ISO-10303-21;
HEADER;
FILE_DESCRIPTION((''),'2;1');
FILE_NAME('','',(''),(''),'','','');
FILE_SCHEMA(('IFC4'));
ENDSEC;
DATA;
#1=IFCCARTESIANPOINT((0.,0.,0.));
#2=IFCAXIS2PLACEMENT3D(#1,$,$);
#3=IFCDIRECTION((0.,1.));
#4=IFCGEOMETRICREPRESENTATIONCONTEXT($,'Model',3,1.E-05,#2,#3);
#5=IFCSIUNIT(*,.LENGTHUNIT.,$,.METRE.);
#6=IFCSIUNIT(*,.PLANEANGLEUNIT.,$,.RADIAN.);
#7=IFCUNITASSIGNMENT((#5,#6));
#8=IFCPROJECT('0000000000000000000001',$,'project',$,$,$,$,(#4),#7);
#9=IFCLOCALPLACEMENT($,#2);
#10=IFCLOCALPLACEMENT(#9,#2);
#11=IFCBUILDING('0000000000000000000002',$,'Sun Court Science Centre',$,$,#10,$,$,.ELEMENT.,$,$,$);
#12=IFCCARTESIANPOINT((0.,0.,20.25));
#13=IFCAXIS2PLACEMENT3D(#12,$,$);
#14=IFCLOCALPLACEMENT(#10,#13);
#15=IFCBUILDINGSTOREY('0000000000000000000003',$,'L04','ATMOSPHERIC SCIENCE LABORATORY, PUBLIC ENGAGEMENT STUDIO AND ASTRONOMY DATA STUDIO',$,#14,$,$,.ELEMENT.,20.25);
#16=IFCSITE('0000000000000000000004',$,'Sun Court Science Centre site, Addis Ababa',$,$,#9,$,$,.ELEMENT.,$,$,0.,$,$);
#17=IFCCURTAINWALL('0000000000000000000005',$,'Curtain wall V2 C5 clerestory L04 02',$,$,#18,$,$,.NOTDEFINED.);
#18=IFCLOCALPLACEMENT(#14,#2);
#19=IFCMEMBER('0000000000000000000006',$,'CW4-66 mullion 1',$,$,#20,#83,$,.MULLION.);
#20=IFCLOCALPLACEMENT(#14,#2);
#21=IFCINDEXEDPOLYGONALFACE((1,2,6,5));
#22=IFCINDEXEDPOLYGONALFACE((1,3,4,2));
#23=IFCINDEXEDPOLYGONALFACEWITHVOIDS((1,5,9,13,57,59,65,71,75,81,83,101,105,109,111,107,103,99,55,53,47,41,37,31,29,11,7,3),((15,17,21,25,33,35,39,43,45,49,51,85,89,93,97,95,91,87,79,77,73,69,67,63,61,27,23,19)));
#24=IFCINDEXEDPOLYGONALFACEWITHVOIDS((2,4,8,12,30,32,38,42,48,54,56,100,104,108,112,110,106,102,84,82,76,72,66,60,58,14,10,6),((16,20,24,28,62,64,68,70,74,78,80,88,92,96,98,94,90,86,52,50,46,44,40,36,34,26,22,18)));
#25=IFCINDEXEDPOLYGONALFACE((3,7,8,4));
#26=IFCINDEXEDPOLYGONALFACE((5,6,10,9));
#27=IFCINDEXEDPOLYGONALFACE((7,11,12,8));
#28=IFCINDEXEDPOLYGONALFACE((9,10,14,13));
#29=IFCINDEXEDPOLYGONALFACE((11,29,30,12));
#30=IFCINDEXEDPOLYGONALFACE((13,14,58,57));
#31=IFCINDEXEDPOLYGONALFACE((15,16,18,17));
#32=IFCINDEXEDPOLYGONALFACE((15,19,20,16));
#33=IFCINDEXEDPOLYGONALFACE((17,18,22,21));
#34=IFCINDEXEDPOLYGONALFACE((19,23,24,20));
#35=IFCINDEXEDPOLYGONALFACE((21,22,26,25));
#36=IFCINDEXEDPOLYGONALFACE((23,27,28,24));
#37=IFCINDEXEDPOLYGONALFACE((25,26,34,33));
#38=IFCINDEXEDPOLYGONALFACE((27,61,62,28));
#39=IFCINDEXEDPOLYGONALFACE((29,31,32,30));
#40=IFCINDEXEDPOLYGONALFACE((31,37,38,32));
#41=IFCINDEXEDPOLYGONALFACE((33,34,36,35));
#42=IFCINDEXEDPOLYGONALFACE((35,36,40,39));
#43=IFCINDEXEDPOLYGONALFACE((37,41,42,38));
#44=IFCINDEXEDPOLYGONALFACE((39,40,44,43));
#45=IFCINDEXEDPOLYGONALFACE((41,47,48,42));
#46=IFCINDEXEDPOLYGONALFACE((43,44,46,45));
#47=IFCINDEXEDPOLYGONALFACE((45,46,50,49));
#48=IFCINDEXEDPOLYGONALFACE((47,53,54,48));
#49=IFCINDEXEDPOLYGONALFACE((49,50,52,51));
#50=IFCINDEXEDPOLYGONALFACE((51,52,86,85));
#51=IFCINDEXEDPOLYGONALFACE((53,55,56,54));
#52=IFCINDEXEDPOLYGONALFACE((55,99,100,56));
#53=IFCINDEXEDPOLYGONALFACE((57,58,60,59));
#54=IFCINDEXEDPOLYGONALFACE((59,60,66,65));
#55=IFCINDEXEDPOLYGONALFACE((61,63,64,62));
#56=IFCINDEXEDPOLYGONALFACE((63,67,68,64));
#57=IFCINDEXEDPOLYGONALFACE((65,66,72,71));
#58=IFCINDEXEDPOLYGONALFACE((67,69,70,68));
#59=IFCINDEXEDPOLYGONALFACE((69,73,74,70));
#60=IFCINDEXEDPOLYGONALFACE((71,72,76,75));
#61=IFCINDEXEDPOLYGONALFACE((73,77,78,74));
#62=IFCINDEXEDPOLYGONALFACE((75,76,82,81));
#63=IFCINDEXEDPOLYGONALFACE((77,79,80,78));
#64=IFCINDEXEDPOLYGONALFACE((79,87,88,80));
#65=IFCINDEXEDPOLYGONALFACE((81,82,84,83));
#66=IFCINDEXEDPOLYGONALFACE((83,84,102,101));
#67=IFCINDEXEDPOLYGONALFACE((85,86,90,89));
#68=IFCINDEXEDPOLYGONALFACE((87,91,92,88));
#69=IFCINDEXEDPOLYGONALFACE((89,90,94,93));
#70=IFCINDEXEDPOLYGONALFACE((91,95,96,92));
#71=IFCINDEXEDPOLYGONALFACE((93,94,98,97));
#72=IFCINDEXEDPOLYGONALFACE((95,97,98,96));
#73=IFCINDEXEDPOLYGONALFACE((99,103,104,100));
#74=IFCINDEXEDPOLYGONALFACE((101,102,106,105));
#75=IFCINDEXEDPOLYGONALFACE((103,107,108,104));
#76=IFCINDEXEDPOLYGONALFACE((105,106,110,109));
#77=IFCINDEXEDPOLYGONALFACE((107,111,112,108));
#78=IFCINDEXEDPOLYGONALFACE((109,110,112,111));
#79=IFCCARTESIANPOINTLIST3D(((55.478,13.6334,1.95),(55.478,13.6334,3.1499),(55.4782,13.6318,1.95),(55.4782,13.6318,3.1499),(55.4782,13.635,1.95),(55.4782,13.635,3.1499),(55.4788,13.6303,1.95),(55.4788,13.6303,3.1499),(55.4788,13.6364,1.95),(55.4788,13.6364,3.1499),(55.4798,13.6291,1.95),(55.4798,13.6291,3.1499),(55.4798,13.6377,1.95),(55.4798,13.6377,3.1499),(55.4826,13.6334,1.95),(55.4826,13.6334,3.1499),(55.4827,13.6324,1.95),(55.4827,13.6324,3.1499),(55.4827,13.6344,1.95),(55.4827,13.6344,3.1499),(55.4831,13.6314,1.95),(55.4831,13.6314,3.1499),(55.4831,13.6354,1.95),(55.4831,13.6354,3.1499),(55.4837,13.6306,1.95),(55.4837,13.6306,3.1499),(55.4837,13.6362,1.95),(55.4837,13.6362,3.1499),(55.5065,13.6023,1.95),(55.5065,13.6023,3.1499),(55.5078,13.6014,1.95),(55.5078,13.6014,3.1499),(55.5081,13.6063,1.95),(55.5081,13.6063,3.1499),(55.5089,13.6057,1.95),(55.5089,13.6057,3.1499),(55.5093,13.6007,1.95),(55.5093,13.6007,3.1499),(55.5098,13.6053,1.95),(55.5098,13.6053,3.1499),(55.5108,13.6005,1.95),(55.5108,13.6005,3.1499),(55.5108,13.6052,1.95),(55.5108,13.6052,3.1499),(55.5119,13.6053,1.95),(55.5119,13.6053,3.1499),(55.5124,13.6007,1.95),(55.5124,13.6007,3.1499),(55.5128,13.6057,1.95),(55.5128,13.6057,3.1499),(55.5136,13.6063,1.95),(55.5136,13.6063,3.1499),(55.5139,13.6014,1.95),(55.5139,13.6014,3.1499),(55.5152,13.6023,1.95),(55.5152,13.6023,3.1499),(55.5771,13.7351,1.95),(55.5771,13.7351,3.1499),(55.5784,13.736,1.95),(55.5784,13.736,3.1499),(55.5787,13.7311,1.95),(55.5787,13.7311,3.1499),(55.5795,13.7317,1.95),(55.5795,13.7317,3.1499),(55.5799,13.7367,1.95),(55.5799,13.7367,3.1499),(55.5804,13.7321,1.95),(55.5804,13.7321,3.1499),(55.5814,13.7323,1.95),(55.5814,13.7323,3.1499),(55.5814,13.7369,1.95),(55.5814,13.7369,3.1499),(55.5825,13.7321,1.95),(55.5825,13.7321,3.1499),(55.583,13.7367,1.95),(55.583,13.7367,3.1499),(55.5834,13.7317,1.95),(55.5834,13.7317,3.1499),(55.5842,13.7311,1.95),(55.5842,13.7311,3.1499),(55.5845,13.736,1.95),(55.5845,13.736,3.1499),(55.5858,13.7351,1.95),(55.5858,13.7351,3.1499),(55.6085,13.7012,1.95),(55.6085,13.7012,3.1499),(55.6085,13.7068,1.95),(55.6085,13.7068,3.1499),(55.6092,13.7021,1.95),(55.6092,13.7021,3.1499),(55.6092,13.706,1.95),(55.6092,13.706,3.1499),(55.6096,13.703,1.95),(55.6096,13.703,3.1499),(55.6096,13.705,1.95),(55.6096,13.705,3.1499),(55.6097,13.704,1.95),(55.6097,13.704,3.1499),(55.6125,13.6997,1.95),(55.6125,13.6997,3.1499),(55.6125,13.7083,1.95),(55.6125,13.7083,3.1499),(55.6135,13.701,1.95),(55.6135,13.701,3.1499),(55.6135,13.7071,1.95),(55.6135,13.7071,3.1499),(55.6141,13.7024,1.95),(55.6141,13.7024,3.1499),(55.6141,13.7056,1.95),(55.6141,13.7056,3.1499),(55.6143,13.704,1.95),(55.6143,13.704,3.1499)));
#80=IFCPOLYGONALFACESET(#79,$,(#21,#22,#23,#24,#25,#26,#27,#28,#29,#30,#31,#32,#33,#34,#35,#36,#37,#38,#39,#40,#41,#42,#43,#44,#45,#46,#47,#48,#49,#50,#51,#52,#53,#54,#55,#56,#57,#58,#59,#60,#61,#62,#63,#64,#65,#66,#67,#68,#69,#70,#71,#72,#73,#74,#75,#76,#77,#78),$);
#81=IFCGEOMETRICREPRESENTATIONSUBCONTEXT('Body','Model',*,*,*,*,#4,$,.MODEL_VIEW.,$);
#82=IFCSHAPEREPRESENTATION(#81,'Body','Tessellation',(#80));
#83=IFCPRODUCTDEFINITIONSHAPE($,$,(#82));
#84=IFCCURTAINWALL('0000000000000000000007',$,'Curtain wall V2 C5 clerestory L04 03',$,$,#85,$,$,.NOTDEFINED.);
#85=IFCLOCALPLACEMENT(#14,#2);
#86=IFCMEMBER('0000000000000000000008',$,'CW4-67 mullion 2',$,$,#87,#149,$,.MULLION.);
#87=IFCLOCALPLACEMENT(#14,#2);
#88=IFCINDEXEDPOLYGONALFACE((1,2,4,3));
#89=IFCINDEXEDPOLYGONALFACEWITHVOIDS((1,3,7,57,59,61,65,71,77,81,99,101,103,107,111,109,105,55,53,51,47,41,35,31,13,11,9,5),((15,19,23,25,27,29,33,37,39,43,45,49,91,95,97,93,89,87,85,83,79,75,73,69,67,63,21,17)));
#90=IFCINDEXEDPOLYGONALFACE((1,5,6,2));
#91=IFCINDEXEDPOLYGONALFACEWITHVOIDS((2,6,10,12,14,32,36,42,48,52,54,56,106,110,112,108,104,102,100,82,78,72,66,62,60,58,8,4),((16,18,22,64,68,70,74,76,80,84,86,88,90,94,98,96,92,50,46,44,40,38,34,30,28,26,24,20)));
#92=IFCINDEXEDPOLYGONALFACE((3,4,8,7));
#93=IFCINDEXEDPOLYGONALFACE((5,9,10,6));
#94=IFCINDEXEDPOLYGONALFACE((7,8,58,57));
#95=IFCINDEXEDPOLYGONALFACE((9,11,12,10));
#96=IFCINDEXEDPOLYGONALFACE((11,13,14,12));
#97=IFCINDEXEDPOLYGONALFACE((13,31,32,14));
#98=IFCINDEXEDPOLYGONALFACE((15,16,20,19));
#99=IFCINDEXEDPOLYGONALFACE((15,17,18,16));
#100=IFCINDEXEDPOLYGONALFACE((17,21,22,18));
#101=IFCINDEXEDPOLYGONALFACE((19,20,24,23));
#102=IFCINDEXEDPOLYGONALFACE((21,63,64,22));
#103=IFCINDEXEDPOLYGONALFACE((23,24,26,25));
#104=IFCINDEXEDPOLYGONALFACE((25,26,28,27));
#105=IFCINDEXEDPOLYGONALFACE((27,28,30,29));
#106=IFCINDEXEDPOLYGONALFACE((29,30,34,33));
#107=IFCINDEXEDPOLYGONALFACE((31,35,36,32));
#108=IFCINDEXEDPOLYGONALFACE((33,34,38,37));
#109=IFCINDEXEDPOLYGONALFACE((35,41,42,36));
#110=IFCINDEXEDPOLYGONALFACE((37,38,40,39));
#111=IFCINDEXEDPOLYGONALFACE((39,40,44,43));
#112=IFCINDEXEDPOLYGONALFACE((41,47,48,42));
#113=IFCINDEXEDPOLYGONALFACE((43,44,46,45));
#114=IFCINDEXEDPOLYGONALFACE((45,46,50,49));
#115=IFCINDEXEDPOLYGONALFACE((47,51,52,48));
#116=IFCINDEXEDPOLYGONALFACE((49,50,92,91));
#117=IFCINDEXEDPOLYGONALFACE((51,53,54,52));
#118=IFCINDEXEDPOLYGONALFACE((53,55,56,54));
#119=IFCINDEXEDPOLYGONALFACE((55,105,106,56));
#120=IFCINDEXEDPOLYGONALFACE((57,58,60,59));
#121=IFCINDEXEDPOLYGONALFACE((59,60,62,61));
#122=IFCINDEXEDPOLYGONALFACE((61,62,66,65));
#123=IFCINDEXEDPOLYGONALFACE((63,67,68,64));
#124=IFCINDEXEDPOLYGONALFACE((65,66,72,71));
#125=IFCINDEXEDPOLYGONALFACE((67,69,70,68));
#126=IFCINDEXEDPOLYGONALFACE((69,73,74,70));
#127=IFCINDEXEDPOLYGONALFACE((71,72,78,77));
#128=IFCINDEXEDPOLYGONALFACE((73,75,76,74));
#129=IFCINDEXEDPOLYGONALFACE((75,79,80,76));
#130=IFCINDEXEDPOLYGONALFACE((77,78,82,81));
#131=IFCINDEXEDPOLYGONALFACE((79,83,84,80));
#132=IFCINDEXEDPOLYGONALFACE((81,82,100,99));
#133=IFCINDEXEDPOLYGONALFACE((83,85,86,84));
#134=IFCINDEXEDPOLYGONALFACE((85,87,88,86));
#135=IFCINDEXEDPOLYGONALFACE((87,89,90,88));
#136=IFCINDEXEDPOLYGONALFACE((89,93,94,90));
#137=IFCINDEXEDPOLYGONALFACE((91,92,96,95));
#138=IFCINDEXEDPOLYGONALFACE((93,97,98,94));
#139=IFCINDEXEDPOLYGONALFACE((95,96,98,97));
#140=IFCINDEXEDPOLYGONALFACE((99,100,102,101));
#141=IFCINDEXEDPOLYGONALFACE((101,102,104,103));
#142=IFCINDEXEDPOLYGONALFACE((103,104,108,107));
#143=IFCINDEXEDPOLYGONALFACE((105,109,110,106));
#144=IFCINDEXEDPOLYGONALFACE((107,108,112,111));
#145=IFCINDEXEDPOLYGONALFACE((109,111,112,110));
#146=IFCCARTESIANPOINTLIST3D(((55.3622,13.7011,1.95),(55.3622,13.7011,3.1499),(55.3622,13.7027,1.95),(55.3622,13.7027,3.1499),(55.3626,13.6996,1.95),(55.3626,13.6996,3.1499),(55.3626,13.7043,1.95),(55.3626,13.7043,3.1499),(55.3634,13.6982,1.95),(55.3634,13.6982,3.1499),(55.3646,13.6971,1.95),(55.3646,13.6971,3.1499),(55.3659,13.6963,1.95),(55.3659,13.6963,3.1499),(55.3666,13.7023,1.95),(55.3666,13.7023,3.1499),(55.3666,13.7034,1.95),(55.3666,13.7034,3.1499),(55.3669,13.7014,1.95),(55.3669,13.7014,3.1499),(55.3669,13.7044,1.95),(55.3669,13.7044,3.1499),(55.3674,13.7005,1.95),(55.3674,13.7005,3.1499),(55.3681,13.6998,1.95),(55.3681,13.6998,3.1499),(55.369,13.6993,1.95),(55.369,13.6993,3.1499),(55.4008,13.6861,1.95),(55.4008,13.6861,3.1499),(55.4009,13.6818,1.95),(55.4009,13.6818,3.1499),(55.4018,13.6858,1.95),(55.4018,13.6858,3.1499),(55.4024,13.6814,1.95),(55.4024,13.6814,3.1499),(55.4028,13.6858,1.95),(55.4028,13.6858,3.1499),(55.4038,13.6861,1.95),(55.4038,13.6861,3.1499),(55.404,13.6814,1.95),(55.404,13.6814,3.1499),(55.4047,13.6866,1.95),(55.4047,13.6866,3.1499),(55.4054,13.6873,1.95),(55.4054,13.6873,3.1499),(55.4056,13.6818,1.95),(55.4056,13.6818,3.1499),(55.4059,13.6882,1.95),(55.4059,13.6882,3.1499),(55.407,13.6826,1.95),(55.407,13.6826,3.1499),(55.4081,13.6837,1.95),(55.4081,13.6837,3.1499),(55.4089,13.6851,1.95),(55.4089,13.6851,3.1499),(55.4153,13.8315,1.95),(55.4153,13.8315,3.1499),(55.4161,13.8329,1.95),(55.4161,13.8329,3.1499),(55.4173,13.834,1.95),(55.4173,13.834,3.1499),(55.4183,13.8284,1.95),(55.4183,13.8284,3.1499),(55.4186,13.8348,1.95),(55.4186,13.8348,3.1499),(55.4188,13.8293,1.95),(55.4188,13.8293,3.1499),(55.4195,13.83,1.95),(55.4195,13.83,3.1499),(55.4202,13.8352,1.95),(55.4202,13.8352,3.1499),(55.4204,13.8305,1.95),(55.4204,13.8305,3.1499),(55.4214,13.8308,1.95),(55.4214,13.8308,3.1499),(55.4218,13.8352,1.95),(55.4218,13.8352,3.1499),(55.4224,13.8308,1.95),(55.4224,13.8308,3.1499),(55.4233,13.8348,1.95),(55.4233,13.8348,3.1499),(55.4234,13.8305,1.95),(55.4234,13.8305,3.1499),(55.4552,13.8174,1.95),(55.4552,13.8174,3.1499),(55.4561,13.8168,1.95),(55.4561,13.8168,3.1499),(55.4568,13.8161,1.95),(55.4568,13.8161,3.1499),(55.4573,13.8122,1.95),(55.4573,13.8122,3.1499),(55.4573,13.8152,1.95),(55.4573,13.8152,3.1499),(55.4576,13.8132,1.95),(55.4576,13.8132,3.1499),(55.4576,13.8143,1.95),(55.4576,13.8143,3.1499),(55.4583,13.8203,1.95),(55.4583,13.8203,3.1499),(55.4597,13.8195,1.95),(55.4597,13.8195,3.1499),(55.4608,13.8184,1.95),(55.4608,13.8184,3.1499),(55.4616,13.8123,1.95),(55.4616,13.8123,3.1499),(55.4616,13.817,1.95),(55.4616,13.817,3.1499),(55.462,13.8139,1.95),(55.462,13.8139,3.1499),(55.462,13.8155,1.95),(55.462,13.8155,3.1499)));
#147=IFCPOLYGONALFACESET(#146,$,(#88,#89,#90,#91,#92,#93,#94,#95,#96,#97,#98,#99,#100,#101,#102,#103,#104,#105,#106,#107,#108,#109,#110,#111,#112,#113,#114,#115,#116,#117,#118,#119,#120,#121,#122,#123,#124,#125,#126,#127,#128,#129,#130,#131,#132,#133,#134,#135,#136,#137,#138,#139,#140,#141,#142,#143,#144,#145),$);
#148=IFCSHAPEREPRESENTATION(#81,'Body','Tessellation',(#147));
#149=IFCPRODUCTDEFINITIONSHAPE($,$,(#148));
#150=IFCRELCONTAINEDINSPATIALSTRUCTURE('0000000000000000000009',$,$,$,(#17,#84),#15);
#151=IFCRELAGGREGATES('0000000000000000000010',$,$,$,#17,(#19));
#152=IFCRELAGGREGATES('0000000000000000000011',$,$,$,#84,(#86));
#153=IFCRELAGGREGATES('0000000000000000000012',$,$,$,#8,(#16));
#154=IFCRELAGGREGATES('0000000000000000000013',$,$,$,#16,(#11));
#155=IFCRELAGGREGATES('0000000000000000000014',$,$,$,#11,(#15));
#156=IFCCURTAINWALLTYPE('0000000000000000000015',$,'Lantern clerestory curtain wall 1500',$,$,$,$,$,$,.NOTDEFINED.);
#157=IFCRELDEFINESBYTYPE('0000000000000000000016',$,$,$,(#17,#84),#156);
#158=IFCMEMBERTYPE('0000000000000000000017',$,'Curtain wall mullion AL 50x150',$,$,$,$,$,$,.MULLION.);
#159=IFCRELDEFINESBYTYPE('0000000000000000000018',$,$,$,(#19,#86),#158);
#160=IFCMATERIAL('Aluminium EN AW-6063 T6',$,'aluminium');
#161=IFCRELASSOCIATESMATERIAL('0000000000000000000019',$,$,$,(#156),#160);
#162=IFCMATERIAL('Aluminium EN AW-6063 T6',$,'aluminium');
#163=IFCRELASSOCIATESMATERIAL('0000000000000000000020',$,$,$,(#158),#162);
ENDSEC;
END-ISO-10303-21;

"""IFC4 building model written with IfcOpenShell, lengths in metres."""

from ifc_helpers import new_model, si_unit, direction, frame, origin, origin_2d, place, context, subcontext, project, spatial, hollow_rectangle, extrude, material, material_profile, profile_set, type_object, element, aggregate, save


model = new_model("IFC4")

# Units and contexts
model_context = context("Model", 3, precision=1e-05, world=origin(), true_north=direction((0.0, 1.0)))
body_context = subcontext(model_context, "Body", "Model", "MODEL_VIEW")
ifc_project = project(units=[si_unit("LENGTHUNIT", "METRE"), si_unit("PLANEANGLEUNIT", "RADIAN")], contexts=[model_context])

# Site, building, storey
site_placement = place(None, origin())
site = spatial("IfcSite", under=ifc_project, at=site_placement, Name="Sun Court Science Centre site, Addis Ababa", CompositionType="ELEMENT", RefElevation=0.0)
building_placement = place(site_placement, origin())
building = spatial("IfcBuilding", under=site, at=building_placement, Name="Sun Court Science Centre", CompositionType="ELEMENT")
storey_placement = place(building_placement, frame((0.0, 0.0, 20.25)))
storey = spatial("IfcBuildingStorey", under=building, at=storey_placement, Name="L04", Description="ATMOSPHERIC SCIENCE LABORATORY, PUBLIC ENGAGEMENT STUDIO AND ASTRONOMY DATA STUDIO", CompositionType="ELEMENT", Elevation=20.25)

# Curtain walls, members
ifc_material_1 = material(Name="Aluminium EN AW-6063 T6", Category="aluminium")
curtain_wall_type = type_object("IfcCurtainWallType", Name="Lantern clerestory curtain wall 1500", PredefinedType="NOTDEFINED", material=ifc_material_1)
curtain_wall_1_placement = place(storey_placement, origin())
curtain_wall_1 = element("IfcCurtainWall", 1, at=curtain_wall_1_placement, inside=storey, type_object=curtain_wall_type, Name="Curtain wall V2 C5 clerestory L04 02", PredefinedType="NOTDEFINED")
ifc_material_2 = material(Name="Aluminium EN AW-6063 T6", Category="aluminium")
ifc_material_profile_1 = material_profile(ifc_material_2, hollow_rectangle(XDim=0.05, YDim=0.1499, WallThickness=0.0039, InnerFilletRadius=0.0039, OuterFilletRadius=0.0061, at=origin_2d()), Name="AL 50x150x4")
ifc_profile_set_1 = profile_set([ifc_material_profile_1], Name="Aluminium EN AW-6063 T6")
member_type_1 = type_object("IfcMemberType", Name="Curtain wall mullion AL 50x150", PredefinedType="MULLION", material=ifc_profile_set_1)
member_1_placement = place(storey_placement, frame((55.5461, 13.6687, 1.95), z_axis=(0.0, 0.0, 1.0), x_axis=(0.707107, -0.707107, 0.0)))
member_1 = element("IfcMember", 2, at=member_1_placement, type_object=member_type_1, Name="CW4-66 mullion 1", PredefinedType="MULLION", context=body_context, shape_type="SweptSolid", body=[
    extrude(hollow_rectangle(XDim=0.05, YDim=0.1499, WallThickness=0.0039, InnerFilletRadius=0.0039, OuterFilletRadius=0.0061, at=origin_2d()), origin(), (0.0, 0.0, 1.0), 1.2),
])
aggregate(curtain_wall_1, [member_1])
curtain_wall_2_placement = place(storey_placement, origin())
curtain_wall_2 = element("IfcCurtainWall", 3, at=curtain_wall_2_placement, inside=storey, type_object=curtain_wall_type, Name="Curtain wall V2 C5 clerestory L04 03", PredefinedType="NOTDEFINED")
member_2_placement = place(storey_placement, frame((55.4121, 13.7583, 1.95), z_axis=(0.0, 0.0, 1.0), x_axis=(0.92388, -0.382683, 0.0)))
member_2 = element("IfcMember", 4, at=member_2_placement, type_object=member_type_1, Name="CW4-67 mullion 2", PredefinedType="MULLION", context=body_context, shape_type="SweptSolid", body=[
    extrude(hollow_rectangle(XDim=0.05, YDim=0.1499, WallThickness=0.0039, InnerFilletRadius=0.0039, OuterFilletRadius=0.0061, at=origin_2d()), origin(), (0.0, 0.0, 1.0), 1.2),
])

aggregate(curtain_wall_2, [member_2])

save(model, "model.ifc")
